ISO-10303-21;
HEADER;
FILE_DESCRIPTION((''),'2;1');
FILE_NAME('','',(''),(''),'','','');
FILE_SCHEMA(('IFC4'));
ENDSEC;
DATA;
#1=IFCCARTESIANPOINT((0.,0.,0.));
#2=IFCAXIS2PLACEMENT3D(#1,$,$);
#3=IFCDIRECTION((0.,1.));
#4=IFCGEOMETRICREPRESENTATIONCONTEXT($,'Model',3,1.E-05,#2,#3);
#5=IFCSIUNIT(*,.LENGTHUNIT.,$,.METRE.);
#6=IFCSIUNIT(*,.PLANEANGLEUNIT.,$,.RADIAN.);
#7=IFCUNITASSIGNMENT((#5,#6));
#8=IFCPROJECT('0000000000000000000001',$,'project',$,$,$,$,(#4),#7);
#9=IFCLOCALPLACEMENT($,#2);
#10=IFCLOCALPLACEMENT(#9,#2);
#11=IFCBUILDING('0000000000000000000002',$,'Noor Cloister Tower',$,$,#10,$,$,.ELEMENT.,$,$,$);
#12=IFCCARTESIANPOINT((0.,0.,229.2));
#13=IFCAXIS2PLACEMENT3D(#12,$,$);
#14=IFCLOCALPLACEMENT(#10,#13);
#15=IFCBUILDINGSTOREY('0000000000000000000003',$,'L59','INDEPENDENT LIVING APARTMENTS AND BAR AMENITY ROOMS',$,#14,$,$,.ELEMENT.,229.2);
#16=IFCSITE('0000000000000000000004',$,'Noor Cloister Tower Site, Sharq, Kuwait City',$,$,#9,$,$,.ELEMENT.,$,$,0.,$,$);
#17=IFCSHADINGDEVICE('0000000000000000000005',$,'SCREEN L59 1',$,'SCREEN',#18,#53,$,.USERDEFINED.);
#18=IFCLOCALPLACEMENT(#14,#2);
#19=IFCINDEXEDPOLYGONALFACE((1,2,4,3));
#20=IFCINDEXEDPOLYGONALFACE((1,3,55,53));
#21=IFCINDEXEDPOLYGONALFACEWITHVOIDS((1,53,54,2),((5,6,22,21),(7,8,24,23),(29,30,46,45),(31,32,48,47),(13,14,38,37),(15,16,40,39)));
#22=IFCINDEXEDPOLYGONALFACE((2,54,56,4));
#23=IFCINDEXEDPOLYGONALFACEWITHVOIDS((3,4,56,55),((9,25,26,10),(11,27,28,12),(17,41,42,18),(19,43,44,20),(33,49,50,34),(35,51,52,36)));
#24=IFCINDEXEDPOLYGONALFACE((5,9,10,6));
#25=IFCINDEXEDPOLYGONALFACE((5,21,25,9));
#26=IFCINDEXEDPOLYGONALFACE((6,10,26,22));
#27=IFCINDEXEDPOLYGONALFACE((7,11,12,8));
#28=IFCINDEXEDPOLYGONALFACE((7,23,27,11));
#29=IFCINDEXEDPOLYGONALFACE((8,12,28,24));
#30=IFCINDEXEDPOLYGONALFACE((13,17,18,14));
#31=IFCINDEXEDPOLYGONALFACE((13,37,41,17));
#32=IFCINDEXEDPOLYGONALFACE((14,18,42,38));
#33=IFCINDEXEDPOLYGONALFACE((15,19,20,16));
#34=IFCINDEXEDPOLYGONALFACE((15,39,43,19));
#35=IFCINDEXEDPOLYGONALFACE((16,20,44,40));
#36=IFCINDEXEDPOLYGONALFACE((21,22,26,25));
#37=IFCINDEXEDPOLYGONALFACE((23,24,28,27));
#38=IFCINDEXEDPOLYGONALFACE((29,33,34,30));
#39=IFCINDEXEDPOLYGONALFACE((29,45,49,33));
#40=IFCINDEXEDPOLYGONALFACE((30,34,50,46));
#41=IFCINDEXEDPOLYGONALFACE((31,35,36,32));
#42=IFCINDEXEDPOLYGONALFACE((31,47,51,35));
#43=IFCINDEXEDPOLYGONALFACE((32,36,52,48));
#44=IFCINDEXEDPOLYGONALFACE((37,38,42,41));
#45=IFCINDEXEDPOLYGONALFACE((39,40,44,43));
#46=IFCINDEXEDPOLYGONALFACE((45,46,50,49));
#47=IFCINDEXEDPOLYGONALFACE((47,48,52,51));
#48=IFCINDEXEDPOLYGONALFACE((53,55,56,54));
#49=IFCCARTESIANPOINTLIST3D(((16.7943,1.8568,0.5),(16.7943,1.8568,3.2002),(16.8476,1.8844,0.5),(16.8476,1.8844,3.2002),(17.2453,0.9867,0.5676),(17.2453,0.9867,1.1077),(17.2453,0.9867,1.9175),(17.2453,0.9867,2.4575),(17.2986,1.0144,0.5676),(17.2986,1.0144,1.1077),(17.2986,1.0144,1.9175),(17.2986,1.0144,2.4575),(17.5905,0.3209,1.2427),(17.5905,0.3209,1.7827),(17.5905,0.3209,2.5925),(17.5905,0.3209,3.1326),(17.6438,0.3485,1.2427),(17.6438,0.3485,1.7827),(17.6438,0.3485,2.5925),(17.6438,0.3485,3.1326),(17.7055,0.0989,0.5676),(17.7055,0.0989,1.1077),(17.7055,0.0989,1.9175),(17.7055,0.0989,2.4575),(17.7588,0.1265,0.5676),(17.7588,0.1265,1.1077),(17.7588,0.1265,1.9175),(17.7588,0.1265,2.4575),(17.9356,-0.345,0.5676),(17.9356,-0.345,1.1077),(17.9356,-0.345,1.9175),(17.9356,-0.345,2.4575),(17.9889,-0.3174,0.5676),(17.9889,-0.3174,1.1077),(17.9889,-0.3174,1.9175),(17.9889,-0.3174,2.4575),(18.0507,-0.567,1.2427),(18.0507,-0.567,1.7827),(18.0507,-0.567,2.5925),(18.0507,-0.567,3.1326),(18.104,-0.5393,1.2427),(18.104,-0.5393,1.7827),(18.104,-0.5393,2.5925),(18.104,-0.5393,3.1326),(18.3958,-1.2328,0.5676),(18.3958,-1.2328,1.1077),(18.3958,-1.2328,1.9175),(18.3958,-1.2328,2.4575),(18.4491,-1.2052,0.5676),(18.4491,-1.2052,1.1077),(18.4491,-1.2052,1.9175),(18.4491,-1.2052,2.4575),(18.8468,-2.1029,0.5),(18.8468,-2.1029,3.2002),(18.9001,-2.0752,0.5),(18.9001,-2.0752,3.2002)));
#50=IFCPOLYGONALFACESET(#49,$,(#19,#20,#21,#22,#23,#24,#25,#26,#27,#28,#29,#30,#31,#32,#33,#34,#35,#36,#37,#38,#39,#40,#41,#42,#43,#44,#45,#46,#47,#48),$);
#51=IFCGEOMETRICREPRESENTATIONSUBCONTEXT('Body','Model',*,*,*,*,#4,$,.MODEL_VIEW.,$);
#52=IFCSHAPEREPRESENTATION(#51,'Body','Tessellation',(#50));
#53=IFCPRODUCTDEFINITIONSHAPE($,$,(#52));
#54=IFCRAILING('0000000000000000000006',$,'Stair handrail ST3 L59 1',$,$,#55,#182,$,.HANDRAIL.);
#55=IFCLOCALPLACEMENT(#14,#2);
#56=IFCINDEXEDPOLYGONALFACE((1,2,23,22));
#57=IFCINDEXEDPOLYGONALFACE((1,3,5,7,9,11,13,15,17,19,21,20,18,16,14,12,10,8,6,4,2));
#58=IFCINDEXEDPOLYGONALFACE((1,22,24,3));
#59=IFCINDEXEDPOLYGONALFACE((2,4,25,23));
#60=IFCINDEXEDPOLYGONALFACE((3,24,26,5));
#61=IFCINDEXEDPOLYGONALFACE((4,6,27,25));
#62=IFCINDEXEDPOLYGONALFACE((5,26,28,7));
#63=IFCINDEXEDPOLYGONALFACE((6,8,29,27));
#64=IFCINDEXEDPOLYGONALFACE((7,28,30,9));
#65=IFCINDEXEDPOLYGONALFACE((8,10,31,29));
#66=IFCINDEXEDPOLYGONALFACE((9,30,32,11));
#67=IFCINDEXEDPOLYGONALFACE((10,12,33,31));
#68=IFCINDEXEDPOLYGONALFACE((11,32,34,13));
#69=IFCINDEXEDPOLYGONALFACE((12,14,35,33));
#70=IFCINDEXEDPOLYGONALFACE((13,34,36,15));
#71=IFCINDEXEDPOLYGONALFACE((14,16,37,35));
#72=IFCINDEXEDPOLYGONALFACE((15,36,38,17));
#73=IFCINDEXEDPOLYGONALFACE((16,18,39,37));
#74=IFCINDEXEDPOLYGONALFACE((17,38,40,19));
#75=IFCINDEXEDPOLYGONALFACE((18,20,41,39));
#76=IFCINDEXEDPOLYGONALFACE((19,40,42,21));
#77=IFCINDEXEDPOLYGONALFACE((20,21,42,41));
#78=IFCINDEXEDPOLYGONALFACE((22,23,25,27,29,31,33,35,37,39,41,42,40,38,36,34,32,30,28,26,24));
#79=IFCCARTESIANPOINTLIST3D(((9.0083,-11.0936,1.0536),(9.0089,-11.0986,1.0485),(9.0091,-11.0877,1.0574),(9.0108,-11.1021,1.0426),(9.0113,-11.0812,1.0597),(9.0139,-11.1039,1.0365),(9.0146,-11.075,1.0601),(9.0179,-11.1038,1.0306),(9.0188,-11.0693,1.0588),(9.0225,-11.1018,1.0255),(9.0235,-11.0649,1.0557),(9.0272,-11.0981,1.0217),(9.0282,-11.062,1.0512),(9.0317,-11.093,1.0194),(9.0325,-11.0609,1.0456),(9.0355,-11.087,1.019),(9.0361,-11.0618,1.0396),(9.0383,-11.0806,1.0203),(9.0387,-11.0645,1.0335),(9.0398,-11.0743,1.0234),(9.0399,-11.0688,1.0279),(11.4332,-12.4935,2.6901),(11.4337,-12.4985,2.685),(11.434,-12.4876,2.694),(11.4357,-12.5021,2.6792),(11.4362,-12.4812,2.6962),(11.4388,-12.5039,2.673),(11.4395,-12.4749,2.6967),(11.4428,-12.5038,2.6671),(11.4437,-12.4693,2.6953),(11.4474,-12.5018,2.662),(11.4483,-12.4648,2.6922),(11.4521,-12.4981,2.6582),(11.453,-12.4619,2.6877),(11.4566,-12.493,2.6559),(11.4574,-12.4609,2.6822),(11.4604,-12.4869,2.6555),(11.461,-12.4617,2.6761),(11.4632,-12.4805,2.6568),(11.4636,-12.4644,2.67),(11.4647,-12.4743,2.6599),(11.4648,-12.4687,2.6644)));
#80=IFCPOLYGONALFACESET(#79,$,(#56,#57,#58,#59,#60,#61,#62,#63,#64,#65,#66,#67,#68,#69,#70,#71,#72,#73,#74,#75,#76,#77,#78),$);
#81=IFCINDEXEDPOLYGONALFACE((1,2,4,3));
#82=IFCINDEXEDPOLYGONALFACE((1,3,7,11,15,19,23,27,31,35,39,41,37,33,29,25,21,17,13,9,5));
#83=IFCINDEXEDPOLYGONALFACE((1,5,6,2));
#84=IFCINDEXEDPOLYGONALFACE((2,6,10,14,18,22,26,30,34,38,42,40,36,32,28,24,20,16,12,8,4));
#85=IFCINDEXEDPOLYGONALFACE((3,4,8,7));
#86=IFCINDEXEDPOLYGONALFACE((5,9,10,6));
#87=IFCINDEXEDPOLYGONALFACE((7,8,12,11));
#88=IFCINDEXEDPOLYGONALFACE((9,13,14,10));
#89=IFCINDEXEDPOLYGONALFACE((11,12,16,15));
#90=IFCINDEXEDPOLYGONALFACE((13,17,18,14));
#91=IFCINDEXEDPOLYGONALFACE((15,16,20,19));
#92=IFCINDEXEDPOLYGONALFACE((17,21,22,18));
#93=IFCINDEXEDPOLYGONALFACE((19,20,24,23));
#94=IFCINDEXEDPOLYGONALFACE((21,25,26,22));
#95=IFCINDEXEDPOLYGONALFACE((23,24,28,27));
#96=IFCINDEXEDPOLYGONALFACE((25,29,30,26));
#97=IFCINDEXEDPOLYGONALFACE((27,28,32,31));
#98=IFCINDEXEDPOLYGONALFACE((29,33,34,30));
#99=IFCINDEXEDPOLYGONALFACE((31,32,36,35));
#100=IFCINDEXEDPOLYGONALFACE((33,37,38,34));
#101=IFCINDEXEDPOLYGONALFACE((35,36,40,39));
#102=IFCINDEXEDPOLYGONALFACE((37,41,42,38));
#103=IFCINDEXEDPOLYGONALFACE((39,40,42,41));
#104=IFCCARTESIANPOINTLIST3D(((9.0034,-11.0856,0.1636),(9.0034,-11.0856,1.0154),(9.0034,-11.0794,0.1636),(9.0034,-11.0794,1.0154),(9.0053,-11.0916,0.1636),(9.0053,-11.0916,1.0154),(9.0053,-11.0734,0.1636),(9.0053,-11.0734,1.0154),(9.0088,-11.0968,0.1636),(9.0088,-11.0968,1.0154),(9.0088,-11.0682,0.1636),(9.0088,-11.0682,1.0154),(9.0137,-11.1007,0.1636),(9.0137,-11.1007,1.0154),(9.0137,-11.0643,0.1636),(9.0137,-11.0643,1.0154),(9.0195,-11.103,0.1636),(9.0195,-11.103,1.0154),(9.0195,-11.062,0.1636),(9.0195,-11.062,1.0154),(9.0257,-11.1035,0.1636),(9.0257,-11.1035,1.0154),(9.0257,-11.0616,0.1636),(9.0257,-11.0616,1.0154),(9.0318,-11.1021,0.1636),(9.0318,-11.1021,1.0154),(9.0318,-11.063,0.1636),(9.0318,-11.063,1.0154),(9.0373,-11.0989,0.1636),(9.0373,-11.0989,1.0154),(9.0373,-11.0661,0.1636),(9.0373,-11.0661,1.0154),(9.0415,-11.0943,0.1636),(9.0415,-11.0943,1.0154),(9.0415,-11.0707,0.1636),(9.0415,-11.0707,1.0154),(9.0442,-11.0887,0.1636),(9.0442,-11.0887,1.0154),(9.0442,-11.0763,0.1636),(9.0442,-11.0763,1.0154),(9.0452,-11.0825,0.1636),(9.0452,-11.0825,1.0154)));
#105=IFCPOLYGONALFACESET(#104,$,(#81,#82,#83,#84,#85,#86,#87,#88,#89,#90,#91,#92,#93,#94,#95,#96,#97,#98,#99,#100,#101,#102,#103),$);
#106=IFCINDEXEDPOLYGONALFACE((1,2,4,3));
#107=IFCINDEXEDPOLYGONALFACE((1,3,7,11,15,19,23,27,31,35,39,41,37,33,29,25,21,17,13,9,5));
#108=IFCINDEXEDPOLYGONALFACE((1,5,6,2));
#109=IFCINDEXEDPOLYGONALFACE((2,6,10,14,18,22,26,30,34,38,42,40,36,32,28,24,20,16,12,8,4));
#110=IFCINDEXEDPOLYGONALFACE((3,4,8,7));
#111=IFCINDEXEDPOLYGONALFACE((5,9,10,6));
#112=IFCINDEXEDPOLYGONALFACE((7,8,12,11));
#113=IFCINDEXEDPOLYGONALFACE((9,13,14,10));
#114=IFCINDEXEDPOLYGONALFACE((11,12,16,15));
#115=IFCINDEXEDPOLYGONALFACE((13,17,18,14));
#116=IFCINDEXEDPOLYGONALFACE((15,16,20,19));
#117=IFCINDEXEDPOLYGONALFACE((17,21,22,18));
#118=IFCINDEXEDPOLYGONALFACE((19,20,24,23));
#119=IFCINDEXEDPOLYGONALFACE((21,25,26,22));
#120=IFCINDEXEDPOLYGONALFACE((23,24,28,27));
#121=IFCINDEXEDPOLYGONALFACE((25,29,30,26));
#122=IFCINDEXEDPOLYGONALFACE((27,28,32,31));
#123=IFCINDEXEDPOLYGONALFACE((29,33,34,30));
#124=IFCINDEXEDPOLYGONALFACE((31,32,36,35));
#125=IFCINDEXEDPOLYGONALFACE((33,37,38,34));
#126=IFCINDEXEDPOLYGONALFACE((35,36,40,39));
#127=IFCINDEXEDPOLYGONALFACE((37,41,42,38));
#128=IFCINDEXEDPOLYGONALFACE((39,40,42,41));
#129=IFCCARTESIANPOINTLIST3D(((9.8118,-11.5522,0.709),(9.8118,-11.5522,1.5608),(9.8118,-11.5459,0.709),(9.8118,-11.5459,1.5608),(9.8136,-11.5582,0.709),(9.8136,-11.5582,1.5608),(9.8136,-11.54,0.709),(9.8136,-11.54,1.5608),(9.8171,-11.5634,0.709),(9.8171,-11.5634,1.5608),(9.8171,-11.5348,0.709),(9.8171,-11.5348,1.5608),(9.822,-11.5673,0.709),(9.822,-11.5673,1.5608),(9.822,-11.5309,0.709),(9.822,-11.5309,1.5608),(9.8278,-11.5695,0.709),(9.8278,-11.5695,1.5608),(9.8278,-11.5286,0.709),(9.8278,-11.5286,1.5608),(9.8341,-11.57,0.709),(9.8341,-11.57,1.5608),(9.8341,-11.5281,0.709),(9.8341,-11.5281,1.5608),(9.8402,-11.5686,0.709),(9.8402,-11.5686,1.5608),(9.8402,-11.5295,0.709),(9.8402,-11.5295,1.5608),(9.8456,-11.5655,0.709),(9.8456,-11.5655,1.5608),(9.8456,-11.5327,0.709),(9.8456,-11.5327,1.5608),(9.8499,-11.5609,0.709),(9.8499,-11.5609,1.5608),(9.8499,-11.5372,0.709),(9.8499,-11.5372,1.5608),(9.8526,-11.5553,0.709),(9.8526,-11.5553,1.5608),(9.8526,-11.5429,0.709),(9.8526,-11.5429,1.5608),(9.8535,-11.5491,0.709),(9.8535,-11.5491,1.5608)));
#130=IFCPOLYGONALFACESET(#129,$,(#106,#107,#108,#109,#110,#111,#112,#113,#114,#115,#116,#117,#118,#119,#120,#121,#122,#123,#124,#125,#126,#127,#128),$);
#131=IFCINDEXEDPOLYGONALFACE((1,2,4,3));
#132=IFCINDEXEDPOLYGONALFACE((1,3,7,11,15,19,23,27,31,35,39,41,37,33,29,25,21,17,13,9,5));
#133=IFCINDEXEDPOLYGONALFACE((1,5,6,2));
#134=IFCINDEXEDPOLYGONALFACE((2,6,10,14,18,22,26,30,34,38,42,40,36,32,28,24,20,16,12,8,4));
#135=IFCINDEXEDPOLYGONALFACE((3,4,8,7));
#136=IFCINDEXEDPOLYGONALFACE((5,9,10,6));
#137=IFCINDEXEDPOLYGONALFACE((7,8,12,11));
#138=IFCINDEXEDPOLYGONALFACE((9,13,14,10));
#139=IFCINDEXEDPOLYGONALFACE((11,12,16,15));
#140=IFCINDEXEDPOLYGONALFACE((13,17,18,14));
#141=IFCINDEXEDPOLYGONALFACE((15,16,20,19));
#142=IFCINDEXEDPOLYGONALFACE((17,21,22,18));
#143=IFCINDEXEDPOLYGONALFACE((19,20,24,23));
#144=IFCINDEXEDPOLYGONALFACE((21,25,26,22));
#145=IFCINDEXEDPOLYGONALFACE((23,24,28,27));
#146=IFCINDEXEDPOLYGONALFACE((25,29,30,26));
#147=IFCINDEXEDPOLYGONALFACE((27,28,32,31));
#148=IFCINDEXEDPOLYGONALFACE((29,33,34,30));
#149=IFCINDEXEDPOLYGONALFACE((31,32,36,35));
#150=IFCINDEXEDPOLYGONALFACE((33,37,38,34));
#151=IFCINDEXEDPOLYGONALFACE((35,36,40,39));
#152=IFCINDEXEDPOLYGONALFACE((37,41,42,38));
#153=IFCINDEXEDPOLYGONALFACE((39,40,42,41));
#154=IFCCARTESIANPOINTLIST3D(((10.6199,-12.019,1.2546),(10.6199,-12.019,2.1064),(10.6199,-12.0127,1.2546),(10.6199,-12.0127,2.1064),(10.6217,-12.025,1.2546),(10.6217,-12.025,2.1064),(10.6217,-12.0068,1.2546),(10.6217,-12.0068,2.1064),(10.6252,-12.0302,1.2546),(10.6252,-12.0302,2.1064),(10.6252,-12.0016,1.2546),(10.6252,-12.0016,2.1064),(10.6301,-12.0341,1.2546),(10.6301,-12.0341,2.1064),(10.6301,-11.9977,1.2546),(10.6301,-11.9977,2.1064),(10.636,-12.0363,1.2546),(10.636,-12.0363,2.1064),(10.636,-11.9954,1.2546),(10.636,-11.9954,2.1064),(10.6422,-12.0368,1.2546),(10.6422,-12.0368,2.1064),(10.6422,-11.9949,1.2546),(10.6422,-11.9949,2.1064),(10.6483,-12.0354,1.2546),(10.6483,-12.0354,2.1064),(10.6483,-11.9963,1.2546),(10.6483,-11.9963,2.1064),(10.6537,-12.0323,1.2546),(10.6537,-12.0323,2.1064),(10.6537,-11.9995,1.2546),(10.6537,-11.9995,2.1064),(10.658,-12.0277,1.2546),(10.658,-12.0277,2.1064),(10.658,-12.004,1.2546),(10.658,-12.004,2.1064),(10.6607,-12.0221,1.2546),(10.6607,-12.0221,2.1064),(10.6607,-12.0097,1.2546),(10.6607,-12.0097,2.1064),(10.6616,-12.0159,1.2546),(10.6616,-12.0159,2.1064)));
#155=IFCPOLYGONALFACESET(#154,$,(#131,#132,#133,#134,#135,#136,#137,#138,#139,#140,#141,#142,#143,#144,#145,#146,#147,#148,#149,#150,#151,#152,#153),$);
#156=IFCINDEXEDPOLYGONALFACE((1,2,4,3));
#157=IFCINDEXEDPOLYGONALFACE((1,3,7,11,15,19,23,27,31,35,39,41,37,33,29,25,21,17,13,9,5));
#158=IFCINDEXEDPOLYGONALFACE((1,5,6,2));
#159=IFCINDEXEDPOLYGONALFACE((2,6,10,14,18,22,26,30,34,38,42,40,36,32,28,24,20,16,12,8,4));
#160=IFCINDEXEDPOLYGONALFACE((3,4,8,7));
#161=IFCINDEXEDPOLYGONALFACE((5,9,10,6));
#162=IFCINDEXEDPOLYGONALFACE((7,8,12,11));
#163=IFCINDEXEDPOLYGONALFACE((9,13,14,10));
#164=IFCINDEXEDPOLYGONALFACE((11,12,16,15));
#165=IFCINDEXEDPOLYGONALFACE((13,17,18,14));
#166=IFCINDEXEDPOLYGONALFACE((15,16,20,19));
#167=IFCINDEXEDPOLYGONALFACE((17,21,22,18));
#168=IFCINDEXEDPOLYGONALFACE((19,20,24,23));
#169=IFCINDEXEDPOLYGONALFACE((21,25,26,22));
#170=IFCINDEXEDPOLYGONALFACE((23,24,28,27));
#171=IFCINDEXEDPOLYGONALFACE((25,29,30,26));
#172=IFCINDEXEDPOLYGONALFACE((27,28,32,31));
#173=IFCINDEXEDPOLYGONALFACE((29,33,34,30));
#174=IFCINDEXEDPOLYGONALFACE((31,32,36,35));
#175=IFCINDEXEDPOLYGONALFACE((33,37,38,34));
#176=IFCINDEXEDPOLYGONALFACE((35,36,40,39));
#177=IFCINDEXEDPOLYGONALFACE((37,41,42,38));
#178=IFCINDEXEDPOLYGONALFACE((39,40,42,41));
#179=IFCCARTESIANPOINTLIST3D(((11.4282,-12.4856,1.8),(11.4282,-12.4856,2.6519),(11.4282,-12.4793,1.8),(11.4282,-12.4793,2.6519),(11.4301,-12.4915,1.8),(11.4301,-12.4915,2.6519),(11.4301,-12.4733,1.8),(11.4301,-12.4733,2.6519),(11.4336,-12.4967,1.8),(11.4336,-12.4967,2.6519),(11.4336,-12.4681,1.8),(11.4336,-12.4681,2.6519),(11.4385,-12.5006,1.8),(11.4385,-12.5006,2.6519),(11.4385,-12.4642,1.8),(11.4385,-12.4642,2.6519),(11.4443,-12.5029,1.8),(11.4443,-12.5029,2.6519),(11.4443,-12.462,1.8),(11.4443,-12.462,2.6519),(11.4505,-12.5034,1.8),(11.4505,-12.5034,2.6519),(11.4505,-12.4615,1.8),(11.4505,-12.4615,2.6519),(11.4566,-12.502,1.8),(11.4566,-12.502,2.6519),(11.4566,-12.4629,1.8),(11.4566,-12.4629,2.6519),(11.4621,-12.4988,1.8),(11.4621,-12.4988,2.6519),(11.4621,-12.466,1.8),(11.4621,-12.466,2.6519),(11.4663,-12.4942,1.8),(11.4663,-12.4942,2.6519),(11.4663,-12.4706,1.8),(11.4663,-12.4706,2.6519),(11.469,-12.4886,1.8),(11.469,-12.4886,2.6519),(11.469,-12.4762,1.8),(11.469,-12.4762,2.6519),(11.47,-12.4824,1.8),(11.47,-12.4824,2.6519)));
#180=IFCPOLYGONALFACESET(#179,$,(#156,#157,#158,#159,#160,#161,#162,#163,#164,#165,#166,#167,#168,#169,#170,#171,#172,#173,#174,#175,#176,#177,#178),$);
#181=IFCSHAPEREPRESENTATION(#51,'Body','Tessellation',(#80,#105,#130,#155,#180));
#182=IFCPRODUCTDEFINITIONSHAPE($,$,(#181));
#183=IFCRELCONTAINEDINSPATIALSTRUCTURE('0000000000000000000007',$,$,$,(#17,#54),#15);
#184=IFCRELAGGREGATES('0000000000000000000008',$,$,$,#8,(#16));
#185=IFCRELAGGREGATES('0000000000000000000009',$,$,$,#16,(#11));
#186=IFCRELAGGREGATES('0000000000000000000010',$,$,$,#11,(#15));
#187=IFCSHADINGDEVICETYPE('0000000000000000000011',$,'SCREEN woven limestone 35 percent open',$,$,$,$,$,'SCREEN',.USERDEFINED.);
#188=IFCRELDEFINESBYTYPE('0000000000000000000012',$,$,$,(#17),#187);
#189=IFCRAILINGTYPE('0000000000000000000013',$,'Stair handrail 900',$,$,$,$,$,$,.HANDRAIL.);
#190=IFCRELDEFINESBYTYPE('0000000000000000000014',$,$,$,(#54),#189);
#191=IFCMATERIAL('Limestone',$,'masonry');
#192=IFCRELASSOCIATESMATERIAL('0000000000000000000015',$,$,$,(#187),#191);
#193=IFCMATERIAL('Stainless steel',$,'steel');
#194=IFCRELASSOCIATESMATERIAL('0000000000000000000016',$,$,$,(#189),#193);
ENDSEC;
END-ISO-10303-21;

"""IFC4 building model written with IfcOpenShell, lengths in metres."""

from ifc_helpers import new_model, si_unit, direction, frame, origin, origin_2d, place, context, subcontext, project, spatial, polyline, circle, outline, extrude, material, material_profile, profile_set, type_object, element, save


model = new_model("IFC4")

# Units and contexts
model_context = context("Model", 3, precision=1e-05, world=origin(), true_north=direction((0.0, 1.0)))
body_context = subcontext(model_context, "Body", "Model", "MODEL_VIEW")
ifc_project = project(units=[si_unit("LENGTHUNIT", "METRE"), si_unit("PLANEANGLEUNIT", "RADIAN")], contexts=[model_context])

# Site, building, storey
site_placement = place(None, origin())
site = spatial("IfcSite", under=ifc_project, at=site_placement, Name="Noor Cloister Tower Site, Sharq, Kuwait City", CompositionType="ELEMENT", RefElevation=0.0)
building_placement = place(site_placement, origin())
building = spatial("IfcBuilding", under=site, at=building_placement, Name="Noor Cloister Tower", CompositionType="ELEMENT")
storey_placement = place(building_placement, frame((0.0, 0.0, 229.2)))
storey = spatial("IfcBuildingStorey", under=building, at=storey_placement, Name="L59", Description="INDEPENDENT LIVING APARTMENTS AND BAR AMENITY ROOMS", CompositionType="ELEMENT", Elevation=229.2)

# Shading device
ifc_material_1 = material(Name="Limestone", Category="masonry")
ifc_material_profile_1 = material_profile(ifc_material_1, outline(polyline([(-2.23, -1.3501), (2.23, -1.3501), (2.23, 1.3501), (-2.23, 1.3501), (-2.23, -1.3501)]), holes=[polyline([(-1.25, -1.2825), (-0.25, -1.2825), (-0.25, -0.7424), (-1.25, -0.7424), (-1.25, -1.2825)]), polyline([(0.25, -1.2825), (1.25, -1.2825), (1.25, -0.7424), (0.25, -0.7424), (0.25, -1.2825)]), polyline([(-0.5, -0.6074), (0.5, -0.6074), (0.5, -0.0674), (-0.5, -0.0674), (-0.5, -0.6074)]), polyline([(-1.25, 0.0674), (-0.25, 0.0674), (-0.25, 0.6074), (-1.25, 0.6074), (-1.25, 0.0674)]), polyline([(0.25, 0.0674), (1.25, 0.0674), (1.25, 0.6074), (0.25, 0.6074), (0.25, 0.0674)]), polyline([(-0.5, 0.7424), (0.5, 0.7424), (0.5, 1.2825), (-0.5, 1.2825), (-0.5, 0.7424)])]), Name="Woven screen 35 percent open")
ifc_profile_set_1 = profile_set([ifc_material_profile_1], Name="Limestone")
shading_device_type = type_object("IfcShadingDeviceType", Name="SCREEN woven limestone 35 percent open", ElementType="SCREEN", PredefinedType="USERDEFINED", material=ifc_profile_set_1)
shading_device_1_placement = place(storey_placement, frame((17.8206, -0.123, 1.8501), z_axis=(0.887816, 0.460198, 0.0), x_axis=(-0.460198, 0.887816, 0.0)))
element("IfcShadingDevice", 1, at=shading_device_1_placement, inside=storey, type_object=shading_device_type, Name="SCREEN L59 1", ObjectType="SCREEN", PredefinedType="USERDEFINED", context=body_context, shape_type="SweptSolid", body=[
    extrude(outline(polyline([(-2.23, -1.3501), (2.23, -1.3501), (2.23, 1.3501), (-2.23, 1.3501), (-2.23, -1.3501)]), holes=[polyline([(-1.25, -1.2825), (-0.25, -1.2825), (-0.25, -0.7424), (-1.25, -0.7424), (-1.25, -1.2825)]), polyline([(0.25, -1.2825), (1.25, -1.2825), (1.25, -0.7424), (0.25, -0.7424), (0.25, -1.2825)]), polyline([(-0.5, -0.6074), (0.5, -0.6074), (0.5, -0.0674), (-0.5, -0.0674), (-0.5, -0.6074)]), polyline([(-1.25, 0.0674), (-0.25, 0.0674), (-0.25, 0.6074), (-1.25, 0.6074), (-1.25, 0.0674)]), polyline([(0.25, 0.0674), (1.25, 0.0674), (1.25, 0.6074), (0.25, 0.6074), (0.25, 0.0674)]), polyline([(-0.5, 0.7424), (0.5, 0.7424), (0.5, 1.2825), (-0.5, 1.2825), (-0.5, 0.7424)])]), origin(), (0.0, 0.0, 1.0), 0.0601),
])

# Railing
ifc_material_2 = material(Name="Stainless steel", Category="steel")
railing_type_1 = type_object("IfcRailingType", Name="Stair handrail 900", PredefinedType="HANDRAIL", material=ifc_material_2)
railing_1_placement = place(storey_placement, frame((9.0242, -11.0825, 0.1636)))
element("IfcRailing", 2, at=railing_1_placement, inside=storey, type_object=railing_type_1, Name="Stair handrail ST3 L59 1", PredefinedType="HANDRAIL", context=body_context, shape_type="SweptSolid", body=[
    extrude(circle(Radius=0.0239, at=origin_2d()), frame((0.0, 0.0, 0.876), z_axis=(0.74769, -0.431661, 0.504608), x_axis=(0.499984, 0.866035, 0.0)), (0.0, 0.0, 1.0), 3.2432),
    extrude(circle(Radius=0.021, at=origin_2d()), origin(), (0.0, 0.0, 1.0), 0.8518),
    extrude(circle(Radius=0.021, at=origin_2d()), frame((0.8083, -0.4666, 0.5454)), (0.0, 0.0, 1.0), 0.8518),
    extrude(circle(Radius=0.021, at=origin_2d()), frame((1.6165, -0.9333, 1.0911)), (0.0, 0.0, 1.0), 0.8518),
    extrude(circle(Radius=0.021, at=origin_2d()), frame((2.4248, -1.3999, 1.6365)), (0.0, 0.0, 1.0), 0.8518),
])

save(model, "model.ifc")
